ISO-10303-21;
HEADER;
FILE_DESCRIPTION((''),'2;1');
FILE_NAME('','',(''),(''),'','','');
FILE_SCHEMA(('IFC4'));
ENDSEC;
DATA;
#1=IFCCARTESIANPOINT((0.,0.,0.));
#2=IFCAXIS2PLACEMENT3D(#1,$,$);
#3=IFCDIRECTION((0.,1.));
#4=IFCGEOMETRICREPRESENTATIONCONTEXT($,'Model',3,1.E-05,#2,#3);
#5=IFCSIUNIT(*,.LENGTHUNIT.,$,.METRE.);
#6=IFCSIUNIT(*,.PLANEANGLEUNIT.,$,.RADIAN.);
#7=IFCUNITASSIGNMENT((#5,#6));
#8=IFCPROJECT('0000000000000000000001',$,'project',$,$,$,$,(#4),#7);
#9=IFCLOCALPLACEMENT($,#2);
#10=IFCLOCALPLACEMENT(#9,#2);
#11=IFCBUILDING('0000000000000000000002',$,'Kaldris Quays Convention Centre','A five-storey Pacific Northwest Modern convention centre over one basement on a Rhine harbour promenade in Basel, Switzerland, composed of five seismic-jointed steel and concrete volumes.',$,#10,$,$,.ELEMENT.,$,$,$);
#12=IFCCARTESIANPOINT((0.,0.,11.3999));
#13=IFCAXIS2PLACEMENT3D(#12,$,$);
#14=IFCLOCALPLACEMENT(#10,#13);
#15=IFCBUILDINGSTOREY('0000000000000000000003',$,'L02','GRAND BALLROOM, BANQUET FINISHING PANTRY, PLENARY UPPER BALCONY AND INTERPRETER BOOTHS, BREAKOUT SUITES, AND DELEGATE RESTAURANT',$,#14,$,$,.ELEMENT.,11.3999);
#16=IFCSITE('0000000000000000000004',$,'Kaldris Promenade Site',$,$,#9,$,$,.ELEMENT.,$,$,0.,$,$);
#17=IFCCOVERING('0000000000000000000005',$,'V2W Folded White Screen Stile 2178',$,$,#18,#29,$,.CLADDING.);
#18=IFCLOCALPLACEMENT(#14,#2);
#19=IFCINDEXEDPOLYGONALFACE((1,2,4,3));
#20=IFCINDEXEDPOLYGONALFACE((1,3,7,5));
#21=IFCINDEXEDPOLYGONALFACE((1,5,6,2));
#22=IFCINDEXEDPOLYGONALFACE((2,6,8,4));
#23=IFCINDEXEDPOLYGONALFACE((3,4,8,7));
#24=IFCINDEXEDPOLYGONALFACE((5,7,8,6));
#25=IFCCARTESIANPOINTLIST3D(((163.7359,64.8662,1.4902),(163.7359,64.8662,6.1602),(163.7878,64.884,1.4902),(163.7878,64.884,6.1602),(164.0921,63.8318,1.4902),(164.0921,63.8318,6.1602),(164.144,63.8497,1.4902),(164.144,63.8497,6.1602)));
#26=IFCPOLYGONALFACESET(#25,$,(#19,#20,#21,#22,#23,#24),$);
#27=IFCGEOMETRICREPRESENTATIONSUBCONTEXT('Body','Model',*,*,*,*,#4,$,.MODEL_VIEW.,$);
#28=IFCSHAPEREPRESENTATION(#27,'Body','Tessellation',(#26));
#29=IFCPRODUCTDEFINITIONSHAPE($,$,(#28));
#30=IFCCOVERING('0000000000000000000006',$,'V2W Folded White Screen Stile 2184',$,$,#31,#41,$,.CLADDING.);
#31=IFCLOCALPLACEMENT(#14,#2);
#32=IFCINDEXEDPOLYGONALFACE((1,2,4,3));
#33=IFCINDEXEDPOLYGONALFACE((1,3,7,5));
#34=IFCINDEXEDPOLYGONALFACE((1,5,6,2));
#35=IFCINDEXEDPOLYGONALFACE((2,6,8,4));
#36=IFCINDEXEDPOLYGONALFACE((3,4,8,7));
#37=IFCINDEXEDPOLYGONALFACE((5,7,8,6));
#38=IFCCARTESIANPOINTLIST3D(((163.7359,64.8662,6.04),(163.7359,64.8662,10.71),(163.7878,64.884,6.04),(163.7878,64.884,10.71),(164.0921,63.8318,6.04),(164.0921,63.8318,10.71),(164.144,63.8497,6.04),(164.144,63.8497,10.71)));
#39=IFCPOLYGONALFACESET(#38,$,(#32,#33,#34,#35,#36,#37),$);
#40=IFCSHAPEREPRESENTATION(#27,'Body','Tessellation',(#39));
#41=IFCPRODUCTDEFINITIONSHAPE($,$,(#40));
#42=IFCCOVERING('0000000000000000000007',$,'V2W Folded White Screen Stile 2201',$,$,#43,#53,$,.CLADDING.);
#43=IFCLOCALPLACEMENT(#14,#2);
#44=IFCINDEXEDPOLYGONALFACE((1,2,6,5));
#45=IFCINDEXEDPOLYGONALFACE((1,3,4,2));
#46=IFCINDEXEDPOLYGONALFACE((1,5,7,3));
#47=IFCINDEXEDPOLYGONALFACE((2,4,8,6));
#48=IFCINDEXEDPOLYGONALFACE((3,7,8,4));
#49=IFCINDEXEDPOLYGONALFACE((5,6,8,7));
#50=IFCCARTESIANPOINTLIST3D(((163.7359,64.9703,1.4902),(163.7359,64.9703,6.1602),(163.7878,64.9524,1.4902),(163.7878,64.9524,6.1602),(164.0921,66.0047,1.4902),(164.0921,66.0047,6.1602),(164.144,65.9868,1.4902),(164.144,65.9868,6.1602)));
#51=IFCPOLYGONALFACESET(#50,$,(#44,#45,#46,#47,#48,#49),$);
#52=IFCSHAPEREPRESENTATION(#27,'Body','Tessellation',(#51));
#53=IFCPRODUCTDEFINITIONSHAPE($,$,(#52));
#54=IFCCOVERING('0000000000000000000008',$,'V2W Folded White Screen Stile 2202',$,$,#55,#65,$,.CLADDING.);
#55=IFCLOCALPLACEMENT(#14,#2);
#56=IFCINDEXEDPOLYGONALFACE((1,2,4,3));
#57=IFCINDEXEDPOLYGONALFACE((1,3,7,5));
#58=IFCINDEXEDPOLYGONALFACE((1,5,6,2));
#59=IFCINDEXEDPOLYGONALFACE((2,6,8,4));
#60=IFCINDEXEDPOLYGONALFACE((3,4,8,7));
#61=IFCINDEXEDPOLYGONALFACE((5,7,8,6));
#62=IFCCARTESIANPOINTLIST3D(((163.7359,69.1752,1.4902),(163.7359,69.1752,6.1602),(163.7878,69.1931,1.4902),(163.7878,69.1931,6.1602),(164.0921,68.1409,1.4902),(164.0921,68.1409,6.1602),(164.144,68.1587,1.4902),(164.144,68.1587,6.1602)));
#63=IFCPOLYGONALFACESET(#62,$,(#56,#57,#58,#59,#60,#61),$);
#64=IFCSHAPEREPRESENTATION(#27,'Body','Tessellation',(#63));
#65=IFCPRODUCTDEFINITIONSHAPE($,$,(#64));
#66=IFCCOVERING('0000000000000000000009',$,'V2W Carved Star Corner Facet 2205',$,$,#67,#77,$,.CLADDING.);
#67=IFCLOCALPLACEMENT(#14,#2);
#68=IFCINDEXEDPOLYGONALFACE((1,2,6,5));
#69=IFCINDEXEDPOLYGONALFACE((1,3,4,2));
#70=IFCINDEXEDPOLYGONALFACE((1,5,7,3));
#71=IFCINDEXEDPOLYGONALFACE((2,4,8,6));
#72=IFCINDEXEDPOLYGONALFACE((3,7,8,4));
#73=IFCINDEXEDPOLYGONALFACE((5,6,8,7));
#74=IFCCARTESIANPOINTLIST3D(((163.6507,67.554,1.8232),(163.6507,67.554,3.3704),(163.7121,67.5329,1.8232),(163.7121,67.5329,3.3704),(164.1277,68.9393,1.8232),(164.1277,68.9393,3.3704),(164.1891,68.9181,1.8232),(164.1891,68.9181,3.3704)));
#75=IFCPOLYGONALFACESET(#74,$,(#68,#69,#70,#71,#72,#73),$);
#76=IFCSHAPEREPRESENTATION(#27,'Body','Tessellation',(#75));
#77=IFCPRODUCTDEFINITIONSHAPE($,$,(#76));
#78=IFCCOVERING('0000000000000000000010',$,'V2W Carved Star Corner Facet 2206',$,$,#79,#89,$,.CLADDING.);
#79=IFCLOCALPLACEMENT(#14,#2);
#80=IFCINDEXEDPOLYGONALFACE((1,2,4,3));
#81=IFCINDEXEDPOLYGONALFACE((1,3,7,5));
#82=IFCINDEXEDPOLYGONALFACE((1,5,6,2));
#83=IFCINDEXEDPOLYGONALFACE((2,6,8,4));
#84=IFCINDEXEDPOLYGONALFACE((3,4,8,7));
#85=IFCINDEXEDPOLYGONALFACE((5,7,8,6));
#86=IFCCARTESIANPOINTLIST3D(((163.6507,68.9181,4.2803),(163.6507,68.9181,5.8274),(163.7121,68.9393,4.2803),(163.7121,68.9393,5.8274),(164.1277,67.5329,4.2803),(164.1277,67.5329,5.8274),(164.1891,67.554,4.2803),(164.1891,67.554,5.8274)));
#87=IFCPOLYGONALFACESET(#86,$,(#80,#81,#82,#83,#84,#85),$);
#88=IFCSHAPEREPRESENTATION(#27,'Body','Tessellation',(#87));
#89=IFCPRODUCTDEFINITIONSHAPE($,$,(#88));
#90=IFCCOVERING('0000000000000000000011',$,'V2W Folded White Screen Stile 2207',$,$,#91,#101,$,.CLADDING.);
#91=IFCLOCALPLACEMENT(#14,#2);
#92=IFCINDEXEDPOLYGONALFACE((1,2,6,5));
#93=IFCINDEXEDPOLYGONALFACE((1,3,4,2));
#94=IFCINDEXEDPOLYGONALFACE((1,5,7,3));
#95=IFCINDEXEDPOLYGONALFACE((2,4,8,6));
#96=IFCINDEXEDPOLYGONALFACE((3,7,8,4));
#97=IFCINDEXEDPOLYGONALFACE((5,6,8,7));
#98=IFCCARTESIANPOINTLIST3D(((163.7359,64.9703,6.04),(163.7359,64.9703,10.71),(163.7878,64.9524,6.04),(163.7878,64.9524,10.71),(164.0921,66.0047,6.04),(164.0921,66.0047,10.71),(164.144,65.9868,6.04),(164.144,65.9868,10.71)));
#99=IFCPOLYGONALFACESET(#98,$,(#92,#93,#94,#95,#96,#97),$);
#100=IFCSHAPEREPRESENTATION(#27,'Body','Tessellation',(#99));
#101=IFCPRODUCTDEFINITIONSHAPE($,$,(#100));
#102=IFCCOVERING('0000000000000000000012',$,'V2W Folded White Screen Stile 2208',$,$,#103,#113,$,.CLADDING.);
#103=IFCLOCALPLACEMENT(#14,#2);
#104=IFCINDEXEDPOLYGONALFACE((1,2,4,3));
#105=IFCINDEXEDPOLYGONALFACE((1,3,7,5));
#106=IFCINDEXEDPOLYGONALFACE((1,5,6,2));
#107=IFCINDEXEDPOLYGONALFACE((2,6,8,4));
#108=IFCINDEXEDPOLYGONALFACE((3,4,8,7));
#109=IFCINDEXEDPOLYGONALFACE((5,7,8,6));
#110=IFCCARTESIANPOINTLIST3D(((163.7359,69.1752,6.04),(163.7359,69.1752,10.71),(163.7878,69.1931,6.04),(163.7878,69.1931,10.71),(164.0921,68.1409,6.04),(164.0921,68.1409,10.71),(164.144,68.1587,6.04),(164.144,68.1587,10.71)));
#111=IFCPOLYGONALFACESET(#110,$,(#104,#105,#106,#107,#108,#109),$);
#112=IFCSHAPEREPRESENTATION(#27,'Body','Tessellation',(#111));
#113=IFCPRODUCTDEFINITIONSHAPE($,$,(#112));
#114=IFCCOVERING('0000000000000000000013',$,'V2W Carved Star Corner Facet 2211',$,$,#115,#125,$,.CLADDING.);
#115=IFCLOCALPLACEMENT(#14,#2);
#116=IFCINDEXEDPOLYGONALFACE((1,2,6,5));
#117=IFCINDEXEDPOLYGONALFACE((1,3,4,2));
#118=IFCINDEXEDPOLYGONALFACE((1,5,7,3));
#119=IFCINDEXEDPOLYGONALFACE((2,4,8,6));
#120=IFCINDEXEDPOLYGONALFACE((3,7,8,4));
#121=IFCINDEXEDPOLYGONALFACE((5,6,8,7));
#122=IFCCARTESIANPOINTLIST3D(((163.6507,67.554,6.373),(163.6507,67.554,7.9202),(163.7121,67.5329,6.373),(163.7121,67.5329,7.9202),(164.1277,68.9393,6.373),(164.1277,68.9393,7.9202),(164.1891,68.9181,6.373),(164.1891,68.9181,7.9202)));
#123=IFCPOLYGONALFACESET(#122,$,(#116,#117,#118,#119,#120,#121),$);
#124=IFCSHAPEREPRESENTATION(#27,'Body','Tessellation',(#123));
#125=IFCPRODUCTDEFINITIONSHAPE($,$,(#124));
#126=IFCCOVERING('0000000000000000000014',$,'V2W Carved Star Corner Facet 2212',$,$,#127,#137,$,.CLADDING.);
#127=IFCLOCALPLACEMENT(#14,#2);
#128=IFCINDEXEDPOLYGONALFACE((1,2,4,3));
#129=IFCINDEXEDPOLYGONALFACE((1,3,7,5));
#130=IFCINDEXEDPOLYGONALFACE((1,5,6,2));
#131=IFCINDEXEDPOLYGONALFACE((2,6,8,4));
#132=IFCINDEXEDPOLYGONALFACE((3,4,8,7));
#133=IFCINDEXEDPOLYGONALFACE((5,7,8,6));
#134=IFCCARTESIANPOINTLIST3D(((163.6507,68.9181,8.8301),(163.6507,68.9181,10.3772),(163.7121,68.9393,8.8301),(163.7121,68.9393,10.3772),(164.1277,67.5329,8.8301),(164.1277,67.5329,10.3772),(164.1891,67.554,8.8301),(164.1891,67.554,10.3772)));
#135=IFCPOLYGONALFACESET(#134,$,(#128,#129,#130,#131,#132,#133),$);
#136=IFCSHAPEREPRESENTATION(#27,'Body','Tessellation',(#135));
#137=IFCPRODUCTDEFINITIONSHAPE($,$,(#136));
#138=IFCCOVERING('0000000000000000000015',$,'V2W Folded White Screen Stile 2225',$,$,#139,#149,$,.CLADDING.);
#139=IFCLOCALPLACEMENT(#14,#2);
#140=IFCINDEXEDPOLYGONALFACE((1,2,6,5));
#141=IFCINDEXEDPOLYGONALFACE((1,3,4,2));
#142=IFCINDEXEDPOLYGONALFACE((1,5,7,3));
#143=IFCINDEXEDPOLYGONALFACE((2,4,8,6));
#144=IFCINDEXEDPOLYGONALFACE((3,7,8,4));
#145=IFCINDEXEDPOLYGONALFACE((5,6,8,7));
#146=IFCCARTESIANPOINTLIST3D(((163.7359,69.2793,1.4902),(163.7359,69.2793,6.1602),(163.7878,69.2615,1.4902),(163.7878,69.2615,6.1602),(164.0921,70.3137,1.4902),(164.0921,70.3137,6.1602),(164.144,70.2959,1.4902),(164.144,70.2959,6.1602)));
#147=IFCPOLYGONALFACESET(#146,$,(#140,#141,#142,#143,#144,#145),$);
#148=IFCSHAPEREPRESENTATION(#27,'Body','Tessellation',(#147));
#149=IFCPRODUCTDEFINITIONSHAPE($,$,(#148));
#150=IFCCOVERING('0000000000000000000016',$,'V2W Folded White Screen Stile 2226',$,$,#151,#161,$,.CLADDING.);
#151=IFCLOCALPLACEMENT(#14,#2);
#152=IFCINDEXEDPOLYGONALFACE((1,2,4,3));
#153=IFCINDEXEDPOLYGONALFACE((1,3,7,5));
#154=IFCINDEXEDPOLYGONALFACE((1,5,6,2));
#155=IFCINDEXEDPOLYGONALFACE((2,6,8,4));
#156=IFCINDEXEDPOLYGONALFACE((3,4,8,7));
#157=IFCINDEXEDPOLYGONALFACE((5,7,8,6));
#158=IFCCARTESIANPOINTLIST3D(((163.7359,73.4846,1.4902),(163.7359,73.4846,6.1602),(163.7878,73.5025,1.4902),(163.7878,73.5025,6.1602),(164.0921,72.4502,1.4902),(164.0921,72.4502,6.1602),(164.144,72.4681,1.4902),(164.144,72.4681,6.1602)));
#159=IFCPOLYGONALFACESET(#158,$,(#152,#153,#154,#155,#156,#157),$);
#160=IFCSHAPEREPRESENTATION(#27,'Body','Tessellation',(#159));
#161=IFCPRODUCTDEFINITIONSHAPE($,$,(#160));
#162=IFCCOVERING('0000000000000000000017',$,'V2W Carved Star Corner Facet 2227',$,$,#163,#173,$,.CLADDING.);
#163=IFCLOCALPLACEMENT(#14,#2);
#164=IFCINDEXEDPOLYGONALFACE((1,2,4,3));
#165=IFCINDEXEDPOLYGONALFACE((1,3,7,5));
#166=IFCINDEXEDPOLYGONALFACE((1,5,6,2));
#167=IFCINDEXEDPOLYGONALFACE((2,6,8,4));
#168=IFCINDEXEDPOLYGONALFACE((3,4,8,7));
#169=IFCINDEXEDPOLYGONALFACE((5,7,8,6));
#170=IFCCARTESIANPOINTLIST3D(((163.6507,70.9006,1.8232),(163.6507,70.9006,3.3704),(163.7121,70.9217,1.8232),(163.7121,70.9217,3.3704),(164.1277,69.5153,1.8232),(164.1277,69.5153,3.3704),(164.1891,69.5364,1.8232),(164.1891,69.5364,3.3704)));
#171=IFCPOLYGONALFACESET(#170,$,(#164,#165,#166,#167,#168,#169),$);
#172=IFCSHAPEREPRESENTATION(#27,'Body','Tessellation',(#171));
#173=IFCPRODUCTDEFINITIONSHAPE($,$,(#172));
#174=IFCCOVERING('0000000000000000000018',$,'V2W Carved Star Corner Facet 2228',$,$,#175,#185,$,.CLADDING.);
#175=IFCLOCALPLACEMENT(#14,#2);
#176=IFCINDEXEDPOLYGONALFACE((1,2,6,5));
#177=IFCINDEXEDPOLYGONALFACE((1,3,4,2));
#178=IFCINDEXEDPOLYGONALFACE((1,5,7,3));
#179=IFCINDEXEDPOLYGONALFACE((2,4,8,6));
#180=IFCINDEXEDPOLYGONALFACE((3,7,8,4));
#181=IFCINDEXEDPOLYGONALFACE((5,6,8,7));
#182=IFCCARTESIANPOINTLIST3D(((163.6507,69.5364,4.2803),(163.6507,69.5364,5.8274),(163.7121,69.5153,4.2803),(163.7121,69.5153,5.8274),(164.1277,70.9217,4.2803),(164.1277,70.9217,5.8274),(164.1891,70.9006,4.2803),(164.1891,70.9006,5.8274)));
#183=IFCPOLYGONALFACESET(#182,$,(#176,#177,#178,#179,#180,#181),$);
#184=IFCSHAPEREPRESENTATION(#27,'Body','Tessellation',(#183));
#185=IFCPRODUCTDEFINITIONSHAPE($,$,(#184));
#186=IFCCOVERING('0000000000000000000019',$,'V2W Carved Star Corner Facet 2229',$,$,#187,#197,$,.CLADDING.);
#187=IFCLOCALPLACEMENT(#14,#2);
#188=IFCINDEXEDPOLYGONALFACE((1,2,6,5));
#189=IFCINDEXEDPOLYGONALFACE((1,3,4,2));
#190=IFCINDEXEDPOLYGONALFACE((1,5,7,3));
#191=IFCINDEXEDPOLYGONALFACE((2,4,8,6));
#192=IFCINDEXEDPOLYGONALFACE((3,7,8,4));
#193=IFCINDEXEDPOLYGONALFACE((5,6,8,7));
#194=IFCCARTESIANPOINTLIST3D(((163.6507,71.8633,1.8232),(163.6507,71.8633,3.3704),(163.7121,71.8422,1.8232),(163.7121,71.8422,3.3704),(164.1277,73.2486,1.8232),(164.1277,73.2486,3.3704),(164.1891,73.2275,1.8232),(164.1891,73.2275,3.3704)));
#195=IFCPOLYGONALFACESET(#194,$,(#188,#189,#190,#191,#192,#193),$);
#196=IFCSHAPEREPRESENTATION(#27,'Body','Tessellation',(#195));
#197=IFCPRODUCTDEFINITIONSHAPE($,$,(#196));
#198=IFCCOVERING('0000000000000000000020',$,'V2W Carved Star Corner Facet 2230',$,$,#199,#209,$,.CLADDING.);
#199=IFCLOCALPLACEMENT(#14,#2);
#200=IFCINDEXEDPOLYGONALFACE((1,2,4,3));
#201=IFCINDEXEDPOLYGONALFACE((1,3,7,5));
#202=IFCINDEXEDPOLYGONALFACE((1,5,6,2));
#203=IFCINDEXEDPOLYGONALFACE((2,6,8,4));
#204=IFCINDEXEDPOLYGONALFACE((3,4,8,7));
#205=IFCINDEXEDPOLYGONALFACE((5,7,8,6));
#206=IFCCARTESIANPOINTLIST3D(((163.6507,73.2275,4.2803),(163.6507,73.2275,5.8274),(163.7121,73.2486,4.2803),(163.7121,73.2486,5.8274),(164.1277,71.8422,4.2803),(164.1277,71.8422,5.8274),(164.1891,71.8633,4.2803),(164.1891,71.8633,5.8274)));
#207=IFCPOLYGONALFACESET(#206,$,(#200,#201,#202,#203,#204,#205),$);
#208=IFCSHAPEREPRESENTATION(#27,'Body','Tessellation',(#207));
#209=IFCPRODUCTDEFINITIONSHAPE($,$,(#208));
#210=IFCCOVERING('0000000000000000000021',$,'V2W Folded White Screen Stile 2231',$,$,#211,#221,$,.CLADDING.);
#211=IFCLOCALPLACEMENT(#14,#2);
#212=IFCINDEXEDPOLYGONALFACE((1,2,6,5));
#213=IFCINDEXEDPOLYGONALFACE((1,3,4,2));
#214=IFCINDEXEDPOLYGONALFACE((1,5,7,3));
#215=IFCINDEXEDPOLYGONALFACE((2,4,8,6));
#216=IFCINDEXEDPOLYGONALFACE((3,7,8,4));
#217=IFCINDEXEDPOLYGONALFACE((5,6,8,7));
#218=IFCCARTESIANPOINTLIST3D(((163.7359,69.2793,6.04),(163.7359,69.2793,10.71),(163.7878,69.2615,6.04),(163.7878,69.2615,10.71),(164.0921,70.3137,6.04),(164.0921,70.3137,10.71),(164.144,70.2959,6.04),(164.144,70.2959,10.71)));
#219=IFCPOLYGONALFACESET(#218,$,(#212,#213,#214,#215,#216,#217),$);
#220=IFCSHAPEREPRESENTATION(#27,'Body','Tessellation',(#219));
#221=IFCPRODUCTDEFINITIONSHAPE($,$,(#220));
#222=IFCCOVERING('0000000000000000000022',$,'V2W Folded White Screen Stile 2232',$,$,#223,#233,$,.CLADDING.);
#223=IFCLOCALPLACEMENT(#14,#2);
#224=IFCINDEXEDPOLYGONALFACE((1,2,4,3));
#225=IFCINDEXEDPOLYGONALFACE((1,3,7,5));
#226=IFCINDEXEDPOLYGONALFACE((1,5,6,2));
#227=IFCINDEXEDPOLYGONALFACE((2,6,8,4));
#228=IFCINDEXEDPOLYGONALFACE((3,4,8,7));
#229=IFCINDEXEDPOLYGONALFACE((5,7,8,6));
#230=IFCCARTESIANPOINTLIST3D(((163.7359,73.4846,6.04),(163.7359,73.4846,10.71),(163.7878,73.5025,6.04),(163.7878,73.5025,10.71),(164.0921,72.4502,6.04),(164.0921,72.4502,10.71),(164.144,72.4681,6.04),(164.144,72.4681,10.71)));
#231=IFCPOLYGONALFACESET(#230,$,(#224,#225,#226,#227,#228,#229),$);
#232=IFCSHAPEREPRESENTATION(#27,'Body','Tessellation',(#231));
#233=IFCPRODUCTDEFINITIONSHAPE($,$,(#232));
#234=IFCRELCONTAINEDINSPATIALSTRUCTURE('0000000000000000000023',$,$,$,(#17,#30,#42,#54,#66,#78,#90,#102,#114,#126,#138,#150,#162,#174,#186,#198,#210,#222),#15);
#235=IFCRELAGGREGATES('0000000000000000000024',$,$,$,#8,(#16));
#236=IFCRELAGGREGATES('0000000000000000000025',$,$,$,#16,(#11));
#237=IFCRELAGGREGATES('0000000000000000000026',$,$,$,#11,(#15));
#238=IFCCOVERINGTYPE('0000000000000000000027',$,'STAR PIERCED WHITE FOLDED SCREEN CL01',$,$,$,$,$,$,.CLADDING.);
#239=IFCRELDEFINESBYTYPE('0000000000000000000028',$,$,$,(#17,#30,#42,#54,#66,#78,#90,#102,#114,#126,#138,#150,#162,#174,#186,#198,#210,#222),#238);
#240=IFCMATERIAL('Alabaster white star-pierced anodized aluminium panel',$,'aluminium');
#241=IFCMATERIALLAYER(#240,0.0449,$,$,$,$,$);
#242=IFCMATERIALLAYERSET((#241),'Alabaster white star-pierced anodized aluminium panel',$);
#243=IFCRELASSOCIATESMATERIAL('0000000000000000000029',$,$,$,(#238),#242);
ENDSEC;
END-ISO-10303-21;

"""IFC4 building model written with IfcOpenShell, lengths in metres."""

from ifc_helpers import new_model, si_unit, direction, frame, origin, origin_2d, place, context, subcontext, project, spatial, rectangle, extrude, material, layer, layer_set, type_object, element, save


model = new_model("IFC4")

# Units and contexts
model_context = context("Model", 3, precision=1e-05, world=origin(), true_north=direction((0.0, 1.0)))
body_context = subcontext(model_context, "Body", "Model", "MODEL_VIEW")
ifc_project = project(units=[si_unit("LENGTHUNIT", "METRE"), si_unit("PLANEANGLEUNIT", "RADIAN")], contexts=[model_context])

# Site, building, storey
site_placement = place(None, origin())
site = spatial("IfcSite", under=ifc_project, at=site_placement, Name="Kaldris Promenade Site", CompositionType="ELEMENT", RefElevation=0.0)
building_placement = place(site_placement, origin())
building = spatial("IfcBuilding", under=site, at=building_placement, Name="Kaldris Quays Convention Centre", Description="A five-storey Pacific Northwest Modern convention centre over one basement on a Rhine harbour promenade in Basel, Switzerland, composed of five seismic-jointed steel and concrete volumes.", CompositionType="ELEMENT")
storey_placement = place(building_placement, frame((0.0, 0.0, 11.3999)))
storey = spatial("IfcBuildingStorey", under=building, at=storey_placement, Name="L02", Description="GRAND BALLROOM, BANQUET FINISHING PANTRY, PLENARY UPPER BALCONY AND INTERPRETER BOOTHS, BREAKOUT SUITES, AND DELEGATE RESTAURANT", CompositionType="ELEMENT", Elevation=11.3999)

# Coverings
ifc_material = material(Name="Alabaster white star-pierced anodized aluminium panel", Category="aluminium")
ifc_layer = layer(ifc_material, 0.0449)
ifc_layer_set = layer_set([ifc_layer], Name="Alabaster white star-pierced anodized aluminium panel")
covering_type = type_object("IfcCoveringType", Name="STAR PIERCED WHITE FOLDED SCREEN CL01", PredefinedType="CLADDING", material=ifc_layer_set)
for number, where, z_axis, x_axis, name in (
    (1, (163.9399, 64.3579, 1.4902), (0.0, 0.0, 1.0), (-0.325568, 0.945519, 0.0), "V2W Folded White Screen Stile 2178"),
    (2, (163.9399, 64.3579, 6.04), (0.0, 0.0, 1.0), (-0.325568, 0.945519, 0.0), "V2W Folded White Screen Stile 2184"),
    (3, (163.9399, 65.4785, 1.4902), (0.0, 0.0, 1.0), (0.325568, 0.945519, 0.0), "V2W Folded White Screen Stile 2201"),
    (4, (163.9399, 68.667, 1.4902), (0.0, 0.0, 1.0), (-0.325568, 0.945519, 0.0), "V2W Folded White Screen Stile 2202"),
):
    element("IfcCovering", number, at=place(storey_placement, frame(where, z_axis=z_axis, x_axis=x_axis)), inside=storey, type_object=covering_type, Name=name, PredefinedType="CLADDING", context=body_context, shape_type="SweptSolid", body=[
        extrude(rectangle(XDim=1.094, YDim=0.0549, at=origin_2d()), origin(), (0.0, 0.0, 1.0), 4.6699),
    ])
for number, where, z_axis, x_axis, name in (
    (5, (163.9199, 68.2361, 1.8232), (0.0, 0.0, 1.0), (0.325568, 0.945519, 0.0), "V2W Carved Star Corner Facet 2205"),
    (6, (163.9199, 68.2361, 4.2803), (0.0, 0.0, 1.0), (-0.325568, 0.945519, 0.0), "V2W Carved Star Corner Facet 2206"),
):
    element("IfcCovering", number, at=place(storey_placement, frame(where, z_axis=z_axis, x_axis=x_axis)), inside=storey, type_object=covering_type, Name=name, PredefinedType="CLADDING", context=body_context, shape_type="SweptSolid", body=[
        extrude(rectangle(XDim=1.4651, YDim=0.0649, at=origin_2d()), origin(), (0.0, 0.0, 1.0), 1.5471),
    ])
for number, where, z_axis, x_axis, name in (
    (7, (163.9399, 65.4785, 6.04), (0.0, 0.0, 1.0), (0.325568, 0.945519, 0.0), "V2W Folded White Screen Stile 2207"),
    (8, (163.9399, 68.667, 6.04), (0.0, 0.0, 1.0), (-0.325568, 0.945519, 0.0), "V2W Folded White Screen Stile 2208"),
):
    element("IfcCovering", number, at=place(storey_placement, frame(where, z_axis=z_axis, x_axis=x_axis)), inside=storey, type_object=covering_type, Name=name, PredefinedType="CLADDING", context=body_context, shape_type="SweptSolid", body=[
        extrude(rectangle(XDim=1.094, YDim=0.0549, at=origin_2d()), origin(), (0.0, 0.0, 1.0), 4.6699),
    ])
for number, where, z_axis, x_axis, name in (
    (9, (163.9199, 68.2361, 6.373), (0.0, 0.0, 1.0), (0.325568, 0.945519, 0.0), "V2W Carved Star Corner Facet 2211"),
    (10, (163.9199, 68.2361, 8.8301), (0.0, 0.0, 1.0), (-0.325568, 0.945519, 0.0), "V2W Carved Star Corner Facet 2212"),
):
    element("IfcCovering", number, at=place(storey_placement, frame(where, z_axis=z_axis, x_axis=x_axis)), inside=storey, type_object=covering_type, Name=name, PredefinedType="CLADDING", context=body_context, shape_type="SweptSolid", body=[
        extrude(rectangle(XDim=1.4651, YDim=0.0649, at=origin_2d()), origin(), (0.0, 0.0, 1.0), 1.5471),
    ])
for number, where, z_axis, x_axis, name in (
    (11, (163.9399, 69.7876, 1.4902), (0.0, 0.0, 1.0), (0.325568, 0.945519, 0.0), "V2W Folded White Screen Stile 2225"),
    (12, (163.9399, 72.9763, 1.4902), (0.0, 0.0, 1.0), (-0.325568, 0.945519, 0.0), "V2W Folded White Screen Stile 2226"),
):
    element("IfcCovering", number, at=place(storey_placement, frame(where, z_axis=z_axis, x_axis=x_axis)), inside=storey, type_object=covering_type, Name=name, PredefinedType="CLADDING", context=body_context, shape_type="SweptSolid", body=[
        extrude(rectangle(XDim=1.094, YDim=0.0549, at=origin_2d()), origin(), (0.0, 0.0, 1.0), 4.6699),
    ])
for number, where, z_axis, x_axis, name in (
    (13, (163.9199, 70.2185, 1.8232), (0.0, 0.0, 1.0), (-0.325568, 0.945519, 0.0), "V2W Carved Star Corner Facet 2227"),
    (14, (163.9199, 70.2185, 4.2803), (0.0, 0.0, 1.0), (0.325568, 0.945519, 0.0), "V2W Carved Star Corner Facet 2228"),
    (15, (163.9199, 72.5454, 1.8232), (0.0, 0.0, 1.0), (0.325568, 0.945519, 0.0), "V2W Carved Star Corner Facet 2229"),
    (16, (163.9199, 72.5454, 4.2803), (0.0, 0.0, 1.0), (-0.325568, 0.945519, 0.0), "V2W Carved Star Corner Facet 2230"),
):
    element("IfcCovering", number, at=place(storey_placement, frame(where, z_axis=z_axis, x_axis=x_axis)), inside=storey, type_object=covering_type, Name=name, PredefinedType="CLADDING", context=body_context, shape_type="SweptSolid", body=[
        extrude(rectangle(XDim=1.4651, YDim=0.0649, at=origin_2d()), origin(), (0.0, 0.0, 1.0), 1.5471),
    ])
for number, where, z_axis, x_axis, name in (
    (17, (163.9399, 69.7876, 6.04), (0.0, 0.0, 1.0), (0.325568, 0.945519, 0.0), "V2W Folded White Screen Stile 2231"),
    (18, (163.9399, 72.9763, 6.04), (0.0, 0.0, 1.0), (-0.325568, 0.945519, 0.0), "V2W Folded White Screen Stile 2232"),
):
    element("IfcCovering", number, at=place(storey_placement, frame(where, z_axis=z_axis, x_axis=x_axis)), inside=storey, type_object=covering_type, Name=name, PredefinedType="CLADDING", context=body_context, shape_type="SweptSolid", body=[
        extrude(rectangle(XDim=1.094, YDim=0.0549, at=origin_2d()), origin(), (0.0, 0.0, 1.0), 4.6699),
    ])

save(model, "model.ifc")
